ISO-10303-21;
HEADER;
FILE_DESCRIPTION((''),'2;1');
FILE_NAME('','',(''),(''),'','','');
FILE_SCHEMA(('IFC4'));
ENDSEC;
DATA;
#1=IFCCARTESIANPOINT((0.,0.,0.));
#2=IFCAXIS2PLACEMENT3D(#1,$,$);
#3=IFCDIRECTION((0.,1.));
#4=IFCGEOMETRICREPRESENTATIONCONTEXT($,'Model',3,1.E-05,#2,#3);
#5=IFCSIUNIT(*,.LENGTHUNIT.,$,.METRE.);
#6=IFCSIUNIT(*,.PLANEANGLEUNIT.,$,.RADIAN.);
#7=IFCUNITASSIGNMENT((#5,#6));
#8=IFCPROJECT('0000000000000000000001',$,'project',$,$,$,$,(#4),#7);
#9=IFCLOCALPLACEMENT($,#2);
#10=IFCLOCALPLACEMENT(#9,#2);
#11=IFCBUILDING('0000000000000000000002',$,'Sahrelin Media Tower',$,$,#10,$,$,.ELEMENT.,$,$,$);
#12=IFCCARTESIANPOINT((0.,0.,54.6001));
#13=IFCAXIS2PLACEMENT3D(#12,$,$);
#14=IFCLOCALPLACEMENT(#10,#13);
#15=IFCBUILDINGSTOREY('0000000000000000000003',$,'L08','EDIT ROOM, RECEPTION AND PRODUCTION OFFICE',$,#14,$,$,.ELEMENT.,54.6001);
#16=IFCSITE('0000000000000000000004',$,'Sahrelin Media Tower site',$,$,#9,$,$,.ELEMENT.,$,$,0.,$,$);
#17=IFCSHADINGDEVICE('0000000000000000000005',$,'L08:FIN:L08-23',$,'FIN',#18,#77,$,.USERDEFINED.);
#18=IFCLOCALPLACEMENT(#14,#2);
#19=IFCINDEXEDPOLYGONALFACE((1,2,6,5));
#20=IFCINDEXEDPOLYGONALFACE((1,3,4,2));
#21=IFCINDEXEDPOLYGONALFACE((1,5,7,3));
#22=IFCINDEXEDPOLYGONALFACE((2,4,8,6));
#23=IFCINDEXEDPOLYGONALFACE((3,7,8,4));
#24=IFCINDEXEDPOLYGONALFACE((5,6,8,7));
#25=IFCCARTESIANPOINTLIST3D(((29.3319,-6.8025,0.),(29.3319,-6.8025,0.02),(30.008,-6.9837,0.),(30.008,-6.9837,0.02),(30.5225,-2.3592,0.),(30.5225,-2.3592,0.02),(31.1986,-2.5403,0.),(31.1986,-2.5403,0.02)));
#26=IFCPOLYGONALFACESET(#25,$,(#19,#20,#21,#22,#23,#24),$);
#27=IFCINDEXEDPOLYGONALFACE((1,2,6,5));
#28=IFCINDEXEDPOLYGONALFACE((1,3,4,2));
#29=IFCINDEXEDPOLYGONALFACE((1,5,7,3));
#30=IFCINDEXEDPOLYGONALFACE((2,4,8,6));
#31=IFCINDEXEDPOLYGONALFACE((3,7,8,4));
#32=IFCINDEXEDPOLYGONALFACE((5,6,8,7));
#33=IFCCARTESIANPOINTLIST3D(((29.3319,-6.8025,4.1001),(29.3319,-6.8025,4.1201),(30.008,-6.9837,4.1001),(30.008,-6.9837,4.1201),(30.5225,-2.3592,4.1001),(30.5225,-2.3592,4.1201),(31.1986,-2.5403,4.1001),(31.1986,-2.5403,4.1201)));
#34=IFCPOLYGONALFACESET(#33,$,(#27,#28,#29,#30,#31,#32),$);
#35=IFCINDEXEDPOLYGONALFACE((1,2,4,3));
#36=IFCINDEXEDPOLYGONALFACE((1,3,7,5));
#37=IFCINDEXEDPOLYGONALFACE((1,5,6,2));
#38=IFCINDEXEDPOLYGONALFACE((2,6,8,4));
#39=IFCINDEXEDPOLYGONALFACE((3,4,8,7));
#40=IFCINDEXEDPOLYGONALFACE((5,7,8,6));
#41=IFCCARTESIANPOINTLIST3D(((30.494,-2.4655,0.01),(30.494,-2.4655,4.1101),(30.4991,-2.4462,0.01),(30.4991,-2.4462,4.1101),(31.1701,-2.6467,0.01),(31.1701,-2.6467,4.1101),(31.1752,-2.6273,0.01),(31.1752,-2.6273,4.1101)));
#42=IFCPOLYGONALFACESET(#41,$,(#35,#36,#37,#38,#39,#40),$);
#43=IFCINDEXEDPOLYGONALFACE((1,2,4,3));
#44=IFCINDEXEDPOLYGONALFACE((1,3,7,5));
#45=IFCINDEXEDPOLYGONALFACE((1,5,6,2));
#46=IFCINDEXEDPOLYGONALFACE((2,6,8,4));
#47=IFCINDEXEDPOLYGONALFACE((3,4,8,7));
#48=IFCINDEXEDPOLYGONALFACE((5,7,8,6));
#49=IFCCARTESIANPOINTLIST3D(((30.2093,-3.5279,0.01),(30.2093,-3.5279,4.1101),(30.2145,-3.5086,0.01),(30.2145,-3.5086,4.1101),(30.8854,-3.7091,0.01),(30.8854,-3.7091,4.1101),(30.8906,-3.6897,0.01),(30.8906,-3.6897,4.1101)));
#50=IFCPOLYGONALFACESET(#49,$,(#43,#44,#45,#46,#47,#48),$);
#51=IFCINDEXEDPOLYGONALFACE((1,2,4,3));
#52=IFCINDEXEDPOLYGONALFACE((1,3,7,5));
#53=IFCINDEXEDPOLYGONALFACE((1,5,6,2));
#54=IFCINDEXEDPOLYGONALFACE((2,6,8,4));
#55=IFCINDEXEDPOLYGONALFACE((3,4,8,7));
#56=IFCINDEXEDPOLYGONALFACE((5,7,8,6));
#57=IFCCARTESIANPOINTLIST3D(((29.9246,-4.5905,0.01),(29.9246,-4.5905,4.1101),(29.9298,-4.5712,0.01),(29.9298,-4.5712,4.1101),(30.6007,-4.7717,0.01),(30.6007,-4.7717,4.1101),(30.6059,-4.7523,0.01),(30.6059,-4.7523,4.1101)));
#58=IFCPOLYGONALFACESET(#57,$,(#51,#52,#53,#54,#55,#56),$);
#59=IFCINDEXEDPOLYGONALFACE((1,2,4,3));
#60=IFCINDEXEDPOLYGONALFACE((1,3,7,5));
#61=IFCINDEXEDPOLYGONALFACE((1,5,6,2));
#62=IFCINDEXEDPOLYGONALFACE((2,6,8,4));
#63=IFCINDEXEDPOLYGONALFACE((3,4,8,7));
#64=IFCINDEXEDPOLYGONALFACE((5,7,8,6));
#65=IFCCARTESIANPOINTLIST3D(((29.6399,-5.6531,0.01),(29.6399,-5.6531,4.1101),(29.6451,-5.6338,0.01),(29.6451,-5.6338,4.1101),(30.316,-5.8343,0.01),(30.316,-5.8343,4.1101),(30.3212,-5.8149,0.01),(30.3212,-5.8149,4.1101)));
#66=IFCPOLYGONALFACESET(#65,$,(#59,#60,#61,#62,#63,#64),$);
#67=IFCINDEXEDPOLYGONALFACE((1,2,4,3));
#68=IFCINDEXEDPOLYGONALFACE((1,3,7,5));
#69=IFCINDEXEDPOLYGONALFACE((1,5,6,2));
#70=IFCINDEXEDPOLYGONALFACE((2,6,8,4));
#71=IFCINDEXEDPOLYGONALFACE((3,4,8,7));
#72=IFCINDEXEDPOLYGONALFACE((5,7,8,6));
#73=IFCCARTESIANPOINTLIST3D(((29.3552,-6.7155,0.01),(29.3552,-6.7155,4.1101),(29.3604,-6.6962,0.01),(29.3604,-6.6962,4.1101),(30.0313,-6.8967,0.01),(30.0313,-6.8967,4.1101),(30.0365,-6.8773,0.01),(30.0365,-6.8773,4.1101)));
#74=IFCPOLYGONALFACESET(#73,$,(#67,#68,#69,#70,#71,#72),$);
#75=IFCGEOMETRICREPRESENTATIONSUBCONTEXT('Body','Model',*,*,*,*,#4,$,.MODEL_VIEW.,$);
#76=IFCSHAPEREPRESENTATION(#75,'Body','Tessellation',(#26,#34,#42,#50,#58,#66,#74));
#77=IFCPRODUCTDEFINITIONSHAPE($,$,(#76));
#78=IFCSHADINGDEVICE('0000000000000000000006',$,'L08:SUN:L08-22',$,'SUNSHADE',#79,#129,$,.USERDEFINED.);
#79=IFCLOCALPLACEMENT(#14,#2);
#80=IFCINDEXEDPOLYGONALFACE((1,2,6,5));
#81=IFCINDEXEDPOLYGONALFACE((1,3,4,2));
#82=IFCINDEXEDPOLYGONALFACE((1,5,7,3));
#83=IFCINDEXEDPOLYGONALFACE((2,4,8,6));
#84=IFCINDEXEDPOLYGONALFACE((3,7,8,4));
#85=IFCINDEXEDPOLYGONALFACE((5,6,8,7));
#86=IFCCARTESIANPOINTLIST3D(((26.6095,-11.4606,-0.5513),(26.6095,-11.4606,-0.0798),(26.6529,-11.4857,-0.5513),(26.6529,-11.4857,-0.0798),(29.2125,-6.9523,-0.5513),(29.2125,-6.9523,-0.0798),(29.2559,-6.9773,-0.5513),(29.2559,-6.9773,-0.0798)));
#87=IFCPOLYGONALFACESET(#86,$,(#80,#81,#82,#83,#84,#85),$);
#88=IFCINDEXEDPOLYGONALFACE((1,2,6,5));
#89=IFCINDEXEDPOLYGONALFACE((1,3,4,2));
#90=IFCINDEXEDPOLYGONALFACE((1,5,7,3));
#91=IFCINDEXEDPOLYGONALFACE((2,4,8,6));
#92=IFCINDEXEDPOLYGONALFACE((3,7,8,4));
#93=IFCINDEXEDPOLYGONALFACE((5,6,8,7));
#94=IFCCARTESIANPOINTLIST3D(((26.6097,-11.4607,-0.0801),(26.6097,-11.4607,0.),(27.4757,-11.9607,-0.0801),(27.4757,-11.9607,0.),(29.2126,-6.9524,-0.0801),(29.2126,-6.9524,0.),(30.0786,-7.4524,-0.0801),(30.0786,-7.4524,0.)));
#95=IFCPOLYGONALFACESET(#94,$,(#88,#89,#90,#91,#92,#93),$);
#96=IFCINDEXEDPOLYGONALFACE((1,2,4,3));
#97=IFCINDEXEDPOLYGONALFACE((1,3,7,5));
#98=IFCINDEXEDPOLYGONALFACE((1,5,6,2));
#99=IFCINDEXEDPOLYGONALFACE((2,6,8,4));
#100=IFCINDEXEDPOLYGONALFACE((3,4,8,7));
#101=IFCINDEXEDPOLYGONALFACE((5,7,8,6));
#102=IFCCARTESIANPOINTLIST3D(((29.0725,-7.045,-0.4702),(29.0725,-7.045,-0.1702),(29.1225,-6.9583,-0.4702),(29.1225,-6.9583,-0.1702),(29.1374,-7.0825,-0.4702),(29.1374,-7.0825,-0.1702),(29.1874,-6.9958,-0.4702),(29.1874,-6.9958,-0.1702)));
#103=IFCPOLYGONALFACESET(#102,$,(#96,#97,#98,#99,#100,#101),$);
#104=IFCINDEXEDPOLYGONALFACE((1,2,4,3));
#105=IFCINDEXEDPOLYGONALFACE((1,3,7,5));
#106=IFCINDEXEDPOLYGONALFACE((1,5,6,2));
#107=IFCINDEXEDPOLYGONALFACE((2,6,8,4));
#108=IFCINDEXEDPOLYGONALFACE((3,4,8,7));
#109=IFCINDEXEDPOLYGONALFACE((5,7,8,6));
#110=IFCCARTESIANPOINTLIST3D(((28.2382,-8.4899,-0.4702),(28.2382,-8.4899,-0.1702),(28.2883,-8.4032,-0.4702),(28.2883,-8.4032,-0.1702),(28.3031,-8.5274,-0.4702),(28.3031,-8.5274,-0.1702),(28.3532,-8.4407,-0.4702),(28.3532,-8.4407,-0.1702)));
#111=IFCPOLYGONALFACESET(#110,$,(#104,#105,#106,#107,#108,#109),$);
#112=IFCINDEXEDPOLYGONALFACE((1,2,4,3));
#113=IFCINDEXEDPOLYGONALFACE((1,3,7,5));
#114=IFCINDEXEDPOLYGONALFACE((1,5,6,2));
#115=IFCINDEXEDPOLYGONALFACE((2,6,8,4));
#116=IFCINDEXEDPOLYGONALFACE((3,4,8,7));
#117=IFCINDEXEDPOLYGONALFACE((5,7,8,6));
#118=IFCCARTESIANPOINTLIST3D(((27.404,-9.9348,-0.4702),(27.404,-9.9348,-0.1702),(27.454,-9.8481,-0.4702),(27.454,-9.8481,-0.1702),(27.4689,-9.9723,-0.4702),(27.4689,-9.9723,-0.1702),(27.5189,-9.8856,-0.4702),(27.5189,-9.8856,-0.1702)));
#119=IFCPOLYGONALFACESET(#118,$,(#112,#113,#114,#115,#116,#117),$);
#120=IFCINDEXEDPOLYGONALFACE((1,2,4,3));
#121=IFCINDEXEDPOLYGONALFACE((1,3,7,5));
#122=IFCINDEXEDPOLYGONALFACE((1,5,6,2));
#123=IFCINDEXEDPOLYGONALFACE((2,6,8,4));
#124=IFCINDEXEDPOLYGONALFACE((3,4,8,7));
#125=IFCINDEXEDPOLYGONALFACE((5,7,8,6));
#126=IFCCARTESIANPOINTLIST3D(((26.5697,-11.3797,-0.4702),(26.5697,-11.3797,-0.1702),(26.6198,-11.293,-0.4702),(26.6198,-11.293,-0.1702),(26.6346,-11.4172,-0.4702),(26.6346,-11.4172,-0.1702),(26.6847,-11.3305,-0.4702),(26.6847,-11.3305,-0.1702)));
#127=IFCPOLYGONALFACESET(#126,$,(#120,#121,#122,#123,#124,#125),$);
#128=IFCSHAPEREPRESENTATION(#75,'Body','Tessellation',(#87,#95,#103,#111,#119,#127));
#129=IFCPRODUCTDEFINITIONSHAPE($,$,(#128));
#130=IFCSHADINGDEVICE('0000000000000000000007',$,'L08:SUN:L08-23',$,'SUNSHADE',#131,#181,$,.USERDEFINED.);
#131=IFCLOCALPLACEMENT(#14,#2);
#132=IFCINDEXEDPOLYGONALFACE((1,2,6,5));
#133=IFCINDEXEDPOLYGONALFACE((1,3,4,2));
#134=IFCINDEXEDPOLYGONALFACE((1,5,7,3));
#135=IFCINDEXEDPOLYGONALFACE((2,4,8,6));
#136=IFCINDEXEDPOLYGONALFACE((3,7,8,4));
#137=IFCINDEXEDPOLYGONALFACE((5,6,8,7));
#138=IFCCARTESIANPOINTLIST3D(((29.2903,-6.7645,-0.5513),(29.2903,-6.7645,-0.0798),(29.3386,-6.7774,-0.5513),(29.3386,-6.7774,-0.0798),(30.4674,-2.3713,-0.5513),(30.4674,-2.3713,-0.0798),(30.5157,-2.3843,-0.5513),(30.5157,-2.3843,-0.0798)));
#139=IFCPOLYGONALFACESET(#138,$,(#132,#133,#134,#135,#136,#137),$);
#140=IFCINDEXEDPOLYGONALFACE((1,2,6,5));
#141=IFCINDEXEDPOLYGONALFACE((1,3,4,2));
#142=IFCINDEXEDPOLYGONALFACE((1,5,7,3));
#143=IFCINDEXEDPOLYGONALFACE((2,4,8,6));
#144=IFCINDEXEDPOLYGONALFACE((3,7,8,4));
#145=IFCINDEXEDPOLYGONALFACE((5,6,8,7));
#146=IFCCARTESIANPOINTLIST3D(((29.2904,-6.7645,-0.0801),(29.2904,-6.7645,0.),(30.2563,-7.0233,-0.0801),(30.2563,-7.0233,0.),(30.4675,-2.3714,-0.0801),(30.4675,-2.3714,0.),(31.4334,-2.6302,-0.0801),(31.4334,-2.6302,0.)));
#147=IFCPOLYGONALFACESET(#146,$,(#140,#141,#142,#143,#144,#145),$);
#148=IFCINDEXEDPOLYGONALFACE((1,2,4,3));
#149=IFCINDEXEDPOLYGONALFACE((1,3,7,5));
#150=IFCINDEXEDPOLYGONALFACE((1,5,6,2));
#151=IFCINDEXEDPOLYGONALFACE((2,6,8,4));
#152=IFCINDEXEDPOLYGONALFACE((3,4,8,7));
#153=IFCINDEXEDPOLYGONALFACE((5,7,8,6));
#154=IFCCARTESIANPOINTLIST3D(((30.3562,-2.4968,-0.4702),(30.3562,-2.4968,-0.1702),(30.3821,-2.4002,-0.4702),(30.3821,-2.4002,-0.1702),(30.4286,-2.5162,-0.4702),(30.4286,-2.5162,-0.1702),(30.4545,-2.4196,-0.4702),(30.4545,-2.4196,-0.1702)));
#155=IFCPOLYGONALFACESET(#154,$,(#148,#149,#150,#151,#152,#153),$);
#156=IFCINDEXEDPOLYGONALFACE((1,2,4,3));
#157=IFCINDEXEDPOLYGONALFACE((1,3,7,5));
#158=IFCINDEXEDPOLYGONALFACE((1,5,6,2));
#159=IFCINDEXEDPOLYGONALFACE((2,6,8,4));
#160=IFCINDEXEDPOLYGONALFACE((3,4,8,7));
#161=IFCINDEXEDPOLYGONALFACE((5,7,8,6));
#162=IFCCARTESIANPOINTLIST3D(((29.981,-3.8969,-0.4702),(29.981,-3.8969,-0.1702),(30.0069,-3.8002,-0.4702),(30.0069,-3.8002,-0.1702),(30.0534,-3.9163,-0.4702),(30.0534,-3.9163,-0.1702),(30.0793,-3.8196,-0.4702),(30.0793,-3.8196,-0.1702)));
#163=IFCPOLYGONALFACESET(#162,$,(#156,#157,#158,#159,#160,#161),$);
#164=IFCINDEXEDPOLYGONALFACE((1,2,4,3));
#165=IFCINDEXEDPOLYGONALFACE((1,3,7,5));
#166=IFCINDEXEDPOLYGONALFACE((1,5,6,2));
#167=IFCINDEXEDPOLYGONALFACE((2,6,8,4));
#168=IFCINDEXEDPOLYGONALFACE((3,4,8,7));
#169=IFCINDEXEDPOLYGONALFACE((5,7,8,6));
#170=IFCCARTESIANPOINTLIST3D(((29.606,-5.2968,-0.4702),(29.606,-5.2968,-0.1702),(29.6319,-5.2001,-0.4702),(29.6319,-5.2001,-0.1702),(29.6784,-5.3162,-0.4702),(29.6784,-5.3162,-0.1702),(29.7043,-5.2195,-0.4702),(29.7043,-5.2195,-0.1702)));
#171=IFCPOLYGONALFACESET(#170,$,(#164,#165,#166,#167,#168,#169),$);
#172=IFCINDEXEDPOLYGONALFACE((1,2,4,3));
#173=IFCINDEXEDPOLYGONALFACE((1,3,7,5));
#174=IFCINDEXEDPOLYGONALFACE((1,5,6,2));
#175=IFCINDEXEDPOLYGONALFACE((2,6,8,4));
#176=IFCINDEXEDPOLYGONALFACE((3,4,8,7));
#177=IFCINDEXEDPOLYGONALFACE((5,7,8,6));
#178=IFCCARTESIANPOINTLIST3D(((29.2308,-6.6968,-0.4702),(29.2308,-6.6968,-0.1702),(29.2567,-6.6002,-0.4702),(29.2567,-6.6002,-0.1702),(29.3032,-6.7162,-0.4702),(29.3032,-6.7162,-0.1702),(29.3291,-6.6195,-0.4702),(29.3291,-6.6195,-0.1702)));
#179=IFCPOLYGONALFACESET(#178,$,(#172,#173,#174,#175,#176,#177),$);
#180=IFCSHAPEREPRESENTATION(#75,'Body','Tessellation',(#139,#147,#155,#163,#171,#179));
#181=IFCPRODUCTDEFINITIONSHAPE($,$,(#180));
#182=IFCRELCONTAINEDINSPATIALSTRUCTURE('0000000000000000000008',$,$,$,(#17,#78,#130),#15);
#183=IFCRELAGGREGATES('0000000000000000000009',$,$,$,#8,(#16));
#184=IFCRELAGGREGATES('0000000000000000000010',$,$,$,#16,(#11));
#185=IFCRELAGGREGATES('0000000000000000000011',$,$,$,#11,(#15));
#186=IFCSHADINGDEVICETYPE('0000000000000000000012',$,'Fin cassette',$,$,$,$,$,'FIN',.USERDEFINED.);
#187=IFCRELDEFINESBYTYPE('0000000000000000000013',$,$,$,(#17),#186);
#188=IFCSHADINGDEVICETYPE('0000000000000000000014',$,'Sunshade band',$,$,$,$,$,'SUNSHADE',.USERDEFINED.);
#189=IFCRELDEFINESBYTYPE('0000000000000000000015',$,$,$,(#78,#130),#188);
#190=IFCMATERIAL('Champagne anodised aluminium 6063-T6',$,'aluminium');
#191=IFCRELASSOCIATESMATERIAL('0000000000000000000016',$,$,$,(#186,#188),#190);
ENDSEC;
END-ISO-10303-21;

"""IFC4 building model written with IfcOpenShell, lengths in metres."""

from ifc_helpers import new_model, si_unit, direction, frame, origin, origin_2d, place, context, subcontext, project, spatial, rectangle, extrude, material, type_object, element, save


model = new_model("IFC4")

# Units and contexts
model_context = context("Model", 3, precision=1e-05, world=origin(), true_north=direction((0.0, 1.0)))
body_context = subcontext(model_context, "Body", "Model", "MODEL_VIEW")
ifc_project = project(units=[si_unit("LENGTHUNIT", "METRE"), si_unit("PLANEANGLEUNIT", "RADIAN")], contexts=[model_context])

# Site, building, storey
site_placement = place(None, origin())
site = spatial("IfcSite", under=ifc_project, at=site_placement, Name="Sahrelin Media Tower site", CompositionType="ELEMENT", RefElevation=0.0)
building_placement = place(site_placement, origin())
building = spatial("IfcBuilding", under=site, at=building_placement, Name="Sahrelin Media Tower", CompositionType="ELEMENT")
storey_placement = place(building_placement, frame((0.0, 0.0, 54.6001)))
storey = spatial("IfcBuildingStorey", under=building, at=storey_placement, Name="L08", Description="EDIT ROOM, RECEPTION AND PRODUCTION OFFICE", CompositionType="ELEMENT", Elevation=54.6001)

# Shared definitions
ifc_material_1 = material(Name="Champagne anodised aluminium 6063-T6", Category="aluminium")

# Shading devices
shading_device_type_1 = type_object("IfcShadingDeviceType", Name="Fin cassette", ElementType="FIN", PredefinedType="USERDEFINED", material=ifc_material_1)
placement_1 = place(storey_placement, frame((27.8938, -9.1965, 0.0), z_axis=(0.0, 0.0, 1.0), x_axis=(-0.500011, -0.866019, 0.0)))
placement_2 = place(storey_placement, frame((29.8596, -4.5627, 0.0), z_axis=(0.0, 0.0, 1.0), x_axis=(-0.258808, -0.965929, 0.0)))
element("IfcShadingDevice", 1, at=placement_2, inside=storey, type_object=shading_device_type_1, Name="L08:FIN:L08-23", ObjectType="FIN", PredefinedType="USERDEFINED", context=body_context, shape_type="SweptSolid", body=[
    extrude(rectangle(XDim=4.6001, YDim=0.7, at=origin_2d()), frame((0.0, 0.4199, 0.0)), (0.0, 0.0, 1.0), 0.02),
    extrude(rectangle(XDim=4.6001, YDim=0.7, at=origin_2d()), frame((0.0, 0.4199, 4.1001)), (0.0, 0.0, 1.0), 0.02),
    extrude(rectangle(XDim=0.02, YDim=0.7, at=origin_2d()), frame((-2.2, 0.4199, 0.01), z_axis=(0.0, 0.0, 1.0), x_axis=(1.0, 0.0, 0.0)), (0.0, 0.0, 1.0), 4.1001),
    extrude(rectangle(XDim=0.02, YDim=0.7, at=origin_2d()), frame((-1.1001, 0.4199, 0.01), z_axis=(0.0, 0.0, 1.0), x_axis=(1.0, 0.0, 0.0)), (0.0, 0.0, 1.0), 4.1001),
    extrude(rectangle(XDim=0.02, YDim=0.7, at=origin_2d()), frame((0.0, 0.4199, 0.01), z_axis=(0.0, 0.0, 1.0), x_axis=(1.0, 0.0, 0.0)), (0.0, 0.0, 1.0), 4.1001),
    extrude(rectangle(XDim=0.02, YDim=0.7, at=origin_2d()), frame((1.1001, 0.4199, 0.01), z_axis=(0.0, 0.0, 1.0), x_axis=(1.0, 0.0, 0.0)), (0.0, 0.0, 1.0), 4.1001),
    extrude(rectangle(XDim=0.02, YDim=0.7, at=origin_2d()), frame((2.2, 0.4199, 0.01), z_axis=(0.0, 0.0, 1.0), x_axis=(1.0, 0.0, 0.0)), (0.0, 0.0, 1.0), 4.1001),
])
shading_device_type_2 = type_object("IfcShadingDeviceType", Name="Sunshade band", ElementType="SUNSHADE", PredefinedType="USERDEFINED", material=ifc_material_1)
element("IfcShadingDevice", 2, at=placement_1, inside=storey, type_object=shading_device_type_2, Name="L08:SUN:L08-22", ObjectType="SUNSHADE", PredefinedType="USERDEFINED", context=body_context, shape_type="SweptSolid", body=[
    extrude(rectangle(XDim=5.2058, YDim=0.05, at=origin_2d()), frame((0.0, 0.0449, -0.5513)), (0.0, 0.0, 1.0), 0.4714),
    extrude(rectangle(XDim=5.2058, YDim=1.0, at=origin_2d()), frame((0.0, 0.52, -0.0801)), (0.0, 0.0, 1.0), 0.0801),
    extrude(rectangle(XDim=0.1001, YDim=0.075, at=origin_2d()), frame((-2.5027, -0.0176, -0.4702)), (0.0, 0.0, 1.0), 0.3),
    extrude(rectangle(XDim=0.1001, YDim=0.075, at=origin_2d()), frame((-0.8342, -0.0176, -0.4702)), (0.0, 0.0, 1.0), 0.3),
    extrude(rectangle(XDim=0.1001, YDim=0.075, at=origin_2d()), frame((0.8342, -0.0176, -0.4702)), (0.0, 0.0, 1.0), 0.3),
    extrude(rectangle(XDim=0.1001, YDim=0.075, at=origin_2d()), frame((2.5027, -0.0176, -0.4702)), (0.0, 0.0, 1.0), 0.3),
])
element("IfcShadingDevice", 3, at=placement_2, inside=storey, type_object=shading_device_type_2, Name="L08:SUN:L08-23", ObjectType="SUNSHADE", PredefinedType="USERDEFINED", context=body_context, shape_type="SweptSolid", body=[
    extrude(rectangle(XDim=4.5481, YDim=0.05, at=origin_2d()), frame((0.0, 0.0449, -0.5513)), (0.0, 0.0, 1.0), 0.4714),
    extrude(rectangle(XDim=4.5481, YDim=1.0, at=origin_2d()), frame((0.0, 0.52, -0.0801)), (0.0, 0.0, 1.0), 0.0801),
    extrude(rectangle(XDim=0.1001, YDim=0.075, at=origin_2d()), frame((-2.1741, -0.0176, -0.4702)), (0.0, 0.0, 1.0), 0.3),
    extrude(rectangle(XDim=0.1001, YDim=0.075, at=origin_2d()), frame((-0.7246, -0.0176, -0.4702)), (0.0, 0.0, 1.0), 0.3),
    extrude(rectangle(XDim=0.1001, YDim=0.075, at=origin_2d()), frame((0.7246, -0.0176, -0.4702)), (0.0, 0.0, 1.0), 0.3),
    extrude(rectangle(XDim=0.1001, YDim=0.075, at=origin_2d()), frame((2.1741, -0.0176, -0.4702)), (0.0, 0.0, 1.0), 0.3),
])

save(model, "model.ifc")
